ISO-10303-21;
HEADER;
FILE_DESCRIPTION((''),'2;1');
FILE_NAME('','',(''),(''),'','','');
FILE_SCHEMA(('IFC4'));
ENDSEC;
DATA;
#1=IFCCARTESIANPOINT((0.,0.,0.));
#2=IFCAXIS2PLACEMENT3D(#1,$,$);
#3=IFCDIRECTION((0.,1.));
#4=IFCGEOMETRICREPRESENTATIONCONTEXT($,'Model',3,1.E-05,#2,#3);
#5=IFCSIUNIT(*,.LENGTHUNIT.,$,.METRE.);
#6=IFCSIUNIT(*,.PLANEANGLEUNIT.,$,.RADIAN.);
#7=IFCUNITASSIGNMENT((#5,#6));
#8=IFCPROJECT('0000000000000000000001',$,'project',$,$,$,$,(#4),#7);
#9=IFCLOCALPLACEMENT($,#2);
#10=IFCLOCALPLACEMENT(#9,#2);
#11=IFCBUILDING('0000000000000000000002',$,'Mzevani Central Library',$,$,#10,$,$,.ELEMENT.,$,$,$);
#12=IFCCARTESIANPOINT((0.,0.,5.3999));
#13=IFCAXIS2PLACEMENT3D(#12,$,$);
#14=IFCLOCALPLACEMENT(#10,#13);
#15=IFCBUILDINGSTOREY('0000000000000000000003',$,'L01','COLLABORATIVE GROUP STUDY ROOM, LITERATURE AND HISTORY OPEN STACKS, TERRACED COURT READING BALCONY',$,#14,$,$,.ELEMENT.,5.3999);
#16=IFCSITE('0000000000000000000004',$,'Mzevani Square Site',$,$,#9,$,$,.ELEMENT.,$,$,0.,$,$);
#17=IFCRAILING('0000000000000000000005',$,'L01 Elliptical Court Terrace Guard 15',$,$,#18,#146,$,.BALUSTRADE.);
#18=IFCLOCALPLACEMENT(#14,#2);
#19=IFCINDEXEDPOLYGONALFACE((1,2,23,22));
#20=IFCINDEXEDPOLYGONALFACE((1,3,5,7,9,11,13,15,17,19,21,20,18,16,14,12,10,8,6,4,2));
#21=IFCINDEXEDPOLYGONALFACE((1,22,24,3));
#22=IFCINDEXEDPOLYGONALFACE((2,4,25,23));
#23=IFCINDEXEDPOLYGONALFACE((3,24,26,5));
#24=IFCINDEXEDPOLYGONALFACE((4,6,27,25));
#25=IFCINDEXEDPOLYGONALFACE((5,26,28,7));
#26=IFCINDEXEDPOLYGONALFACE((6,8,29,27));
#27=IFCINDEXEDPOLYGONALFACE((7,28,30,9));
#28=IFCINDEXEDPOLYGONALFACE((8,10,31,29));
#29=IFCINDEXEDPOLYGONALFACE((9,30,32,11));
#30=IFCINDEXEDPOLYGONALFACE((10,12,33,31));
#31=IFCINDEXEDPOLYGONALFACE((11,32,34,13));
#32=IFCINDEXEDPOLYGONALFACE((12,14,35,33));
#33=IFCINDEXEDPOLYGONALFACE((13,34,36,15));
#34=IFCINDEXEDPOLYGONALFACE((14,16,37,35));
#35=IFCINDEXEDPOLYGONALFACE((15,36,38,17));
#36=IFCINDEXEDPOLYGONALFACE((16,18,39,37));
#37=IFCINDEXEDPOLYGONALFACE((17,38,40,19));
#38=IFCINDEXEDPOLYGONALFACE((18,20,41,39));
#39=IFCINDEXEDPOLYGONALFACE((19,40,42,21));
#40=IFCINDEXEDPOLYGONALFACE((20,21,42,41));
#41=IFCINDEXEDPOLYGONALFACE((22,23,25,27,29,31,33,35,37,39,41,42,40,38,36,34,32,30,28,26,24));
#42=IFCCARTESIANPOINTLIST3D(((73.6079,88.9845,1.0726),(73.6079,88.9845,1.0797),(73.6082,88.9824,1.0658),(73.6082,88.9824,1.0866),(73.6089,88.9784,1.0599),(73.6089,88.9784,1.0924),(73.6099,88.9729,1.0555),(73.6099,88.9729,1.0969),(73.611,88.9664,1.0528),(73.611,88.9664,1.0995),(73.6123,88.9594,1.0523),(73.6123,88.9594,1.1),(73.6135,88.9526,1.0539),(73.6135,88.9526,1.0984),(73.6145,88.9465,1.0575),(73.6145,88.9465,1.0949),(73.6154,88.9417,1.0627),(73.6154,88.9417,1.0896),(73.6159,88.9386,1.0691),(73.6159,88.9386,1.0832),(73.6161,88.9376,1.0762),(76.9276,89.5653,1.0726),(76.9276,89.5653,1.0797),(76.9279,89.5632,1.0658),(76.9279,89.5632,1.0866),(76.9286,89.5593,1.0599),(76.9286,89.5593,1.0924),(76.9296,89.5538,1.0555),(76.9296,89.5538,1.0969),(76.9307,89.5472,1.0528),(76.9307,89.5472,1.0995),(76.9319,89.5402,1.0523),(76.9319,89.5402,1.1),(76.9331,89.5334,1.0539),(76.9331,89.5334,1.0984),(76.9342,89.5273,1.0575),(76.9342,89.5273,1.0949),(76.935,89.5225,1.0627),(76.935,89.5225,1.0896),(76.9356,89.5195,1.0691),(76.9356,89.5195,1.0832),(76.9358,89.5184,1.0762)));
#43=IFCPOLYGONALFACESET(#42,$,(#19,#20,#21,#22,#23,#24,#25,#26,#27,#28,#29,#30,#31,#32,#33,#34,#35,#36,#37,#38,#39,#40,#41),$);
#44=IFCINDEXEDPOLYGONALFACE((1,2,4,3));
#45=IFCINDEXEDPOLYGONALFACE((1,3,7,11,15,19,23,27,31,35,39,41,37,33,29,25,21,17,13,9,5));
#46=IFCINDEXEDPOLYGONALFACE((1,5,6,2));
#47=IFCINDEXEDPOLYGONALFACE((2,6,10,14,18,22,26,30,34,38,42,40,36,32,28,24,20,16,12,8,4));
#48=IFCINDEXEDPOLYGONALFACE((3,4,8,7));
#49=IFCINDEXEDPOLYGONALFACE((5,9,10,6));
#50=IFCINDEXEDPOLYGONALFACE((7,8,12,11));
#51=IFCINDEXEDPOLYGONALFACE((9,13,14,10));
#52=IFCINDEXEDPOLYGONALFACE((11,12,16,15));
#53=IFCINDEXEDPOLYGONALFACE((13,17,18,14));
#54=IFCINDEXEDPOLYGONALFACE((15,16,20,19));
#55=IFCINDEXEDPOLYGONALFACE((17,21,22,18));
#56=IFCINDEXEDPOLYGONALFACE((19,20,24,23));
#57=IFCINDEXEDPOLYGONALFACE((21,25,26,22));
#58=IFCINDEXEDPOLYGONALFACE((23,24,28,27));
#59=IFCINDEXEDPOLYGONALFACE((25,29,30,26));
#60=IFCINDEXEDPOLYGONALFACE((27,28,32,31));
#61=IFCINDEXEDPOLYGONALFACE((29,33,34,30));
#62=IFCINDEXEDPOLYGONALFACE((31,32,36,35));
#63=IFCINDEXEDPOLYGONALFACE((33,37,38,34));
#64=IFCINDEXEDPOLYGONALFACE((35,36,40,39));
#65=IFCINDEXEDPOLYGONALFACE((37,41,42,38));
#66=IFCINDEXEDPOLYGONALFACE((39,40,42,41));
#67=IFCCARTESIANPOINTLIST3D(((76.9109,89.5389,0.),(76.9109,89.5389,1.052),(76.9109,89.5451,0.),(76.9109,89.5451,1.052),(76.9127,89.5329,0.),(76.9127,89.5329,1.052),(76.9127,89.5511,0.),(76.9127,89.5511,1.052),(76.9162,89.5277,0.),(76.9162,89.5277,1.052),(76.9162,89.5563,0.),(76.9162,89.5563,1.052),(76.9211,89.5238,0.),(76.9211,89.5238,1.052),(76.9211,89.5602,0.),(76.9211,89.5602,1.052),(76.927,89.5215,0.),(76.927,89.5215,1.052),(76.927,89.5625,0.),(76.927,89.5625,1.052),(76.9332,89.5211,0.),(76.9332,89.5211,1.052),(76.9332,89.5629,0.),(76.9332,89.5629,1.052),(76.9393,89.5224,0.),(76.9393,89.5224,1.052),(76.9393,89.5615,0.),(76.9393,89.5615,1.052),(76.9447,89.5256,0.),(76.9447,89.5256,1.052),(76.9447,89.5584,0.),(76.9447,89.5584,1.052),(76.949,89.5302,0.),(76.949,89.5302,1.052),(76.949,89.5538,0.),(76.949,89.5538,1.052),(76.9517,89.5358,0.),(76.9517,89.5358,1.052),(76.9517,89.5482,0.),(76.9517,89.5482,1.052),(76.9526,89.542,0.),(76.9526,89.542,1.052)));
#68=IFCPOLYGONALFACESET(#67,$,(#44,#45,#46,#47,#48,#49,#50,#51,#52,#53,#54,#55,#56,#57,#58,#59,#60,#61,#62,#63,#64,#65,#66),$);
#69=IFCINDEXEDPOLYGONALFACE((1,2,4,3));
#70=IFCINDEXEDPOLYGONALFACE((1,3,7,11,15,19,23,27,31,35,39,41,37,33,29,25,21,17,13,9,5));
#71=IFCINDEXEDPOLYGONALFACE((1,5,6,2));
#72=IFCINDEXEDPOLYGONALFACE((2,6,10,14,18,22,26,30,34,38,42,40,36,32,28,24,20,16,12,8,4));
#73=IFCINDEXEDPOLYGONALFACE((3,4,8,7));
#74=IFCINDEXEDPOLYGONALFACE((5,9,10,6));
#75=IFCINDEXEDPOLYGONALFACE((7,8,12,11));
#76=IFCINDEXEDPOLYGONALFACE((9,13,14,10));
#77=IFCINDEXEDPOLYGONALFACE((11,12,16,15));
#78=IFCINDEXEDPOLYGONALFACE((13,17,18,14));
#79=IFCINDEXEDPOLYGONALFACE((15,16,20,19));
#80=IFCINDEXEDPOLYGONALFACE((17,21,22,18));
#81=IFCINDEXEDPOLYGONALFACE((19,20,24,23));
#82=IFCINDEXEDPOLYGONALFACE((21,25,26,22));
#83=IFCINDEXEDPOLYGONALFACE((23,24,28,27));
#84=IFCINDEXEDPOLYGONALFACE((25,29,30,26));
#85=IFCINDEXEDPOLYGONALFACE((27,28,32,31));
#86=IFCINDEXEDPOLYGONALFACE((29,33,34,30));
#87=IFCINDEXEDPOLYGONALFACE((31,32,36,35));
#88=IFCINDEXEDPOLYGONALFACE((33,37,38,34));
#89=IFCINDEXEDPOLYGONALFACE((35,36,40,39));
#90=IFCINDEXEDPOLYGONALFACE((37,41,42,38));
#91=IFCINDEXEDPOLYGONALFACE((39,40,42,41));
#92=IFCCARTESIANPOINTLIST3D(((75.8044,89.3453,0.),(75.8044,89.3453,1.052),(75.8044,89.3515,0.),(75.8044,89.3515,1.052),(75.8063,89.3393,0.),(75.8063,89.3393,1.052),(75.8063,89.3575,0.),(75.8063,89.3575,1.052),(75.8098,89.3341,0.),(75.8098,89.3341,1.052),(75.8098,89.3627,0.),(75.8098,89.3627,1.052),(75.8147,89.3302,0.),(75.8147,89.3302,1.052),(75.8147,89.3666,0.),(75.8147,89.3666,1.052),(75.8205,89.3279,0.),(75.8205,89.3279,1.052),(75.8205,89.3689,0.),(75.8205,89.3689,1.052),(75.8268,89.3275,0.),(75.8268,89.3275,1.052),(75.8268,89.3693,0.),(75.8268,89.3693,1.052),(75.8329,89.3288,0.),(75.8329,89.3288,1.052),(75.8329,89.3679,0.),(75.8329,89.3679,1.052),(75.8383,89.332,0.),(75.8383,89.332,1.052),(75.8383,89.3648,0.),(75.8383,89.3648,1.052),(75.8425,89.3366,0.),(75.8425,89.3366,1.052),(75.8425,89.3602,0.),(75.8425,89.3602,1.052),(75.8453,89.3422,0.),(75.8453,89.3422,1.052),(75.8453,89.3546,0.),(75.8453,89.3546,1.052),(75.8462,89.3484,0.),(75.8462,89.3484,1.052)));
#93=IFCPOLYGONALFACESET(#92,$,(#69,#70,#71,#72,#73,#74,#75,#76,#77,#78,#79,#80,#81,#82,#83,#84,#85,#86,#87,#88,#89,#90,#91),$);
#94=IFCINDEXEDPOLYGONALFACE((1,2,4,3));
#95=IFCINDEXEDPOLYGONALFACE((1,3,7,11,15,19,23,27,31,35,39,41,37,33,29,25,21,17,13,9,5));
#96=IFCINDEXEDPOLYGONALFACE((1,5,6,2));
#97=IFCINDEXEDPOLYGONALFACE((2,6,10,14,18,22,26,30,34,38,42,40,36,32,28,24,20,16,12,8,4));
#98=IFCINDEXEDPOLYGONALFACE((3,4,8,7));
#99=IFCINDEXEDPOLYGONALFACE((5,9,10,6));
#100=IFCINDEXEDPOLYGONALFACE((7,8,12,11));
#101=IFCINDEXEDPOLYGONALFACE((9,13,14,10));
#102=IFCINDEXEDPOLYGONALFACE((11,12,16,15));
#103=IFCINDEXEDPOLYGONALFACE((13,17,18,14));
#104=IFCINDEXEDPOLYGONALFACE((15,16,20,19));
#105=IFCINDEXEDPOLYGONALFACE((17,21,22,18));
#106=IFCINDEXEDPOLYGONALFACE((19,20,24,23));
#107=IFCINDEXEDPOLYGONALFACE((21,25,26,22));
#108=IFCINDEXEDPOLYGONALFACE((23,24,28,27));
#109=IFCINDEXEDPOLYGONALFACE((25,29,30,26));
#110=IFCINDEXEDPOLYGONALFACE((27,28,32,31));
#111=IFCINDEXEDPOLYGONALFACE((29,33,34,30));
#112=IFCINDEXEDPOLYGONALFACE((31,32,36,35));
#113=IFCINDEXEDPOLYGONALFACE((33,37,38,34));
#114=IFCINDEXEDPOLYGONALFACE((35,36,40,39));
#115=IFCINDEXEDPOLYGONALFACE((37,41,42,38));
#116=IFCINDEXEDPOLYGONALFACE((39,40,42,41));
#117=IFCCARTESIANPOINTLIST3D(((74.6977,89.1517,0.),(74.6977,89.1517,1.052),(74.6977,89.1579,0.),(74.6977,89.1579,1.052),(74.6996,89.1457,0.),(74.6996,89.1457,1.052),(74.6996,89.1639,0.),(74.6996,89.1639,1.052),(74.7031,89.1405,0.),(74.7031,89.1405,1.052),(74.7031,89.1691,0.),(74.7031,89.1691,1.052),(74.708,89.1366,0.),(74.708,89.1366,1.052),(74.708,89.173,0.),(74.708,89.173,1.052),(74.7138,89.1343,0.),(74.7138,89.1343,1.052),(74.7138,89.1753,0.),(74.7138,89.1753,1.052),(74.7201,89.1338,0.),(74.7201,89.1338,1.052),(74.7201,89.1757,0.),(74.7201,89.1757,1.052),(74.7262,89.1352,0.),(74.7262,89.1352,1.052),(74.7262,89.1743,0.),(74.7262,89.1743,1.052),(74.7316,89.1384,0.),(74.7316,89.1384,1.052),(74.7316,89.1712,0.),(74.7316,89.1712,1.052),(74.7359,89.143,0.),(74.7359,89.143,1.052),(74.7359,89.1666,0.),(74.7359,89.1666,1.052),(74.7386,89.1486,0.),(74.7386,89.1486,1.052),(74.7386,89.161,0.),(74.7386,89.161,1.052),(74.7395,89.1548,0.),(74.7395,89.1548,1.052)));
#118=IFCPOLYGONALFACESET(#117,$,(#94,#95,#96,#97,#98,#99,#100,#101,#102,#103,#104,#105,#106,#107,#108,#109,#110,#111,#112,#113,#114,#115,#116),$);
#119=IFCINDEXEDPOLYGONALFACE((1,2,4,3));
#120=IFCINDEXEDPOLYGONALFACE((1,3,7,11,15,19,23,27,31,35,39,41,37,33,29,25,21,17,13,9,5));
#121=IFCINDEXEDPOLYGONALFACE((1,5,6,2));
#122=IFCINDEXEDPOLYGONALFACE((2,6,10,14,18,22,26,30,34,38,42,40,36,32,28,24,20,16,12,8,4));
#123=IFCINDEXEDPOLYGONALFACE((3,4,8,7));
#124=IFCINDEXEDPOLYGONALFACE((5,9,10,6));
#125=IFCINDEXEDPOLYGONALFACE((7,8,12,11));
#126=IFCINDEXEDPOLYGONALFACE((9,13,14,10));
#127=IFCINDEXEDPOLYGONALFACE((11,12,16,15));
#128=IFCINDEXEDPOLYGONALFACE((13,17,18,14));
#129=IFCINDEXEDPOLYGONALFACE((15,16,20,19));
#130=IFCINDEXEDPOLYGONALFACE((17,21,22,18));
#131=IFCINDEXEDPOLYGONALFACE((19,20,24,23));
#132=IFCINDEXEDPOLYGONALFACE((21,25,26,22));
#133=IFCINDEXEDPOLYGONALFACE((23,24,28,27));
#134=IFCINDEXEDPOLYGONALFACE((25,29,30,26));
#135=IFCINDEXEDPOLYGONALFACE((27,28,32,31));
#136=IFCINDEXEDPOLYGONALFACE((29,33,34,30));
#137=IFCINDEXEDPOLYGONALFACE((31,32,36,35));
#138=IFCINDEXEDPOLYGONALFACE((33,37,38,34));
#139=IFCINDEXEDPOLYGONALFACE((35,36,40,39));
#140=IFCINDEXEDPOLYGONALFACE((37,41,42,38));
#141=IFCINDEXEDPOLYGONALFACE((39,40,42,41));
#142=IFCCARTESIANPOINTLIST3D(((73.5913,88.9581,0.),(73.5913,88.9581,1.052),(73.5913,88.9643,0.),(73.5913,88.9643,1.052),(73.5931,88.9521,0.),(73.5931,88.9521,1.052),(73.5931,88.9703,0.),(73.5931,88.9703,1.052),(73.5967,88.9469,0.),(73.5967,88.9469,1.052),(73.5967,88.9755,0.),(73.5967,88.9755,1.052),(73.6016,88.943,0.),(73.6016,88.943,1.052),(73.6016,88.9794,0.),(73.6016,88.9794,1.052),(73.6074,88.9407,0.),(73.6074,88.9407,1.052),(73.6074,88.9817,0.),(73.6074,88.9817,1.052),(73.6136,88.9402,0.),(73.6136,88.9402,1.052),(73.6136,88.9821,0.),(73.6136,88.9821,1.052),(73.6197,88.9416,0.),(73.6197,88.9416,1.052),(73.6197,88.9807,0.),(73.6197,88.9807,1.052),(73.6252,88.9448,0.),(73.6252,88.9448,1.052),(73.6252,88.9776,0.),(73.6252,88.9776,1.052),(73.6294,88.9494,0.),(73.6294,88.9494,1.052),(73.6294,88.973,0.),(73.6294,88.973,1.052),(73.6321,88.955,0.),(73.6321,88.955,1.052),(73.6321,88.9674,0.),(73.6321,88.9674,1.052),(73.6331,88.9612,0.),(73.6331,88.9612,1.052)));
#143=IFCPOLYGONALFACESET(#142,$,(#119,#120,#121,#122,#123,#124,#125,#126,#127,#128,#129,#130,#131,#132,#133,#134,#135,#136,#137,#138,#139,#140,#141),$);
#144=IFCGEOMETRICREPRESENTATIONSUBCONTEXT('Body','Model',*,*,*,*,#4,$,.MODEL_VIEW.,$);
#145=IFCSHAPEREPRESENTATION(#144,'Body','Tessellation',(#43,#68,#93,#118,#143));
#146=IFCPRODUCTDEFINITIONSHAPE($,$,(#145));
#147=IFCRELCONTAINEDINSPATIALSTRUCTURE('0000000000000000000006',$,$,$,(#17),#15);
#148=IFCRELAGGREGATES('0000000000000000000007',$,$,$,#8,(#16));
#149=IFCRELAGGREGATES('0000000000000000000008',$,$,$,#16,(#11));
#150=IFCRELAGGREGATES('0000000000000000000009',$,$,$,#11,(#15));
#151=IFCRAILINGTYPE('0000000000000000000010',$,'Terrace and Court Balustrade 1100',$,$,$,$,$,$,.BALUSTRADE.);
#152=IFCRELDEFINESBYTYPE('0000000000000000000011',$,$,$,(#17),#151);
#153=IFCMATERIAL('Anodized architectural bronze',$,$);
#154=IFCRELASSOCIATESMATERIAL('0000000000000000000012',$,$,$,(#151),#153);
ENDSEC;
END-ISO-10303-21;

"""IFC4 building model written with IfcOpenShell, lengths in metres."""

from ifc_helpers import new_model, si_unit, direction, frame, origin, origin_2d, place, context, subcontext, project, spatial, circle, extrude, material, type_object, element, save


model = new_model("IFC4")

# Units and contexts
model_context = context("Model", 3, precision=1e-05, world=origin(), true_north=direction((0.0, 1.0)))
body_context = subcontext(model_context, "Body", "Model", "MODEL_VIEW")
ifc_project = project(units=[si_unit("LENGTHUNIT", "METRE"), si_unit("PLANEANGLEUNIT", "RADIAN")], contexts=[model_context])

# Site, building, storey
site_placement = place(None, origin())
site = spatial("IfcSite", under=ifc_project, at=site_placement, Name="Mzevani Square Site", CompositionType="ELEMENT", RefElevation=0.0)
building_placement = place(site_placement, origin())
building = spatial("IfcBuilding", under=site, at=building_placement, Name="Mzevani Central Library", CompositionType="ELEMENT")
storey_placement = place(building_placement, frame((0.0, 0.0, 5.3999)))
storey = spatial("IfcBuildingStorey", under=building, at=storey_placement, Name="L01", Description="COLLABORATIVE GROUP STUDY ROOM, LITERATURE AND HISTORY OPEN STACKS, TERRACED COURT READING BALCONY", CompositionType="ELEMENT", Elevation=5.3999)

# Railing
ifc_material_1 = material(Name="Anodized architectural bronze")
railing_type = type_object("IfcRailingType", Name="Terrace and Court Balustrade 1100", PredefinedType="BALUSTRADE", material=ifc_material_1)
railing_1_placement = place(storey_placement, frame((76.9316, 89.542, 0.0)))
element("IfcRailing", 1, at=railing_1_placement, inside=storey, type_object=railing_type, Name="L01 Elliptical Court Terrace Guard 15", PredefinedType="BALUSTRADE", context=body_context, shape_type="SweptSolid", body=[
    extrude(circle(Radius=0.0239, at=origin_2d()), frame((0.0, 0.0, 1.0762), z_axis=(-0.985036, -0.172347, 0.0), x_axis=(0.172347, -0.985036, 0.0)), (0.0, 0.0, 1.0), 3.3701),
    extrude(circle(Radius=0.021, at=origin_2d()), origin(), (0.0, 0.0, 1.0), 1.052),
    extrude(circle(Radius=0.021, at=origin_2d()), frame((-1.1064, -0.1936, 0.0)), (0.0, 0.0, 1.0), 1.052),
    extrude(circle(Radius=0.021, at=origin_2d()), frame((-2.2131, -0.3872, 0.0)), (0.0, 0.0, 1.0), 1.052),
    extrude(circle(Radius=0.021, at=origin_2d()), frame((-3.3196, -0.5808, 0.0)), (0.0, 0.0, 1.0), 1.052),
])

save(model, "model.ifc")
